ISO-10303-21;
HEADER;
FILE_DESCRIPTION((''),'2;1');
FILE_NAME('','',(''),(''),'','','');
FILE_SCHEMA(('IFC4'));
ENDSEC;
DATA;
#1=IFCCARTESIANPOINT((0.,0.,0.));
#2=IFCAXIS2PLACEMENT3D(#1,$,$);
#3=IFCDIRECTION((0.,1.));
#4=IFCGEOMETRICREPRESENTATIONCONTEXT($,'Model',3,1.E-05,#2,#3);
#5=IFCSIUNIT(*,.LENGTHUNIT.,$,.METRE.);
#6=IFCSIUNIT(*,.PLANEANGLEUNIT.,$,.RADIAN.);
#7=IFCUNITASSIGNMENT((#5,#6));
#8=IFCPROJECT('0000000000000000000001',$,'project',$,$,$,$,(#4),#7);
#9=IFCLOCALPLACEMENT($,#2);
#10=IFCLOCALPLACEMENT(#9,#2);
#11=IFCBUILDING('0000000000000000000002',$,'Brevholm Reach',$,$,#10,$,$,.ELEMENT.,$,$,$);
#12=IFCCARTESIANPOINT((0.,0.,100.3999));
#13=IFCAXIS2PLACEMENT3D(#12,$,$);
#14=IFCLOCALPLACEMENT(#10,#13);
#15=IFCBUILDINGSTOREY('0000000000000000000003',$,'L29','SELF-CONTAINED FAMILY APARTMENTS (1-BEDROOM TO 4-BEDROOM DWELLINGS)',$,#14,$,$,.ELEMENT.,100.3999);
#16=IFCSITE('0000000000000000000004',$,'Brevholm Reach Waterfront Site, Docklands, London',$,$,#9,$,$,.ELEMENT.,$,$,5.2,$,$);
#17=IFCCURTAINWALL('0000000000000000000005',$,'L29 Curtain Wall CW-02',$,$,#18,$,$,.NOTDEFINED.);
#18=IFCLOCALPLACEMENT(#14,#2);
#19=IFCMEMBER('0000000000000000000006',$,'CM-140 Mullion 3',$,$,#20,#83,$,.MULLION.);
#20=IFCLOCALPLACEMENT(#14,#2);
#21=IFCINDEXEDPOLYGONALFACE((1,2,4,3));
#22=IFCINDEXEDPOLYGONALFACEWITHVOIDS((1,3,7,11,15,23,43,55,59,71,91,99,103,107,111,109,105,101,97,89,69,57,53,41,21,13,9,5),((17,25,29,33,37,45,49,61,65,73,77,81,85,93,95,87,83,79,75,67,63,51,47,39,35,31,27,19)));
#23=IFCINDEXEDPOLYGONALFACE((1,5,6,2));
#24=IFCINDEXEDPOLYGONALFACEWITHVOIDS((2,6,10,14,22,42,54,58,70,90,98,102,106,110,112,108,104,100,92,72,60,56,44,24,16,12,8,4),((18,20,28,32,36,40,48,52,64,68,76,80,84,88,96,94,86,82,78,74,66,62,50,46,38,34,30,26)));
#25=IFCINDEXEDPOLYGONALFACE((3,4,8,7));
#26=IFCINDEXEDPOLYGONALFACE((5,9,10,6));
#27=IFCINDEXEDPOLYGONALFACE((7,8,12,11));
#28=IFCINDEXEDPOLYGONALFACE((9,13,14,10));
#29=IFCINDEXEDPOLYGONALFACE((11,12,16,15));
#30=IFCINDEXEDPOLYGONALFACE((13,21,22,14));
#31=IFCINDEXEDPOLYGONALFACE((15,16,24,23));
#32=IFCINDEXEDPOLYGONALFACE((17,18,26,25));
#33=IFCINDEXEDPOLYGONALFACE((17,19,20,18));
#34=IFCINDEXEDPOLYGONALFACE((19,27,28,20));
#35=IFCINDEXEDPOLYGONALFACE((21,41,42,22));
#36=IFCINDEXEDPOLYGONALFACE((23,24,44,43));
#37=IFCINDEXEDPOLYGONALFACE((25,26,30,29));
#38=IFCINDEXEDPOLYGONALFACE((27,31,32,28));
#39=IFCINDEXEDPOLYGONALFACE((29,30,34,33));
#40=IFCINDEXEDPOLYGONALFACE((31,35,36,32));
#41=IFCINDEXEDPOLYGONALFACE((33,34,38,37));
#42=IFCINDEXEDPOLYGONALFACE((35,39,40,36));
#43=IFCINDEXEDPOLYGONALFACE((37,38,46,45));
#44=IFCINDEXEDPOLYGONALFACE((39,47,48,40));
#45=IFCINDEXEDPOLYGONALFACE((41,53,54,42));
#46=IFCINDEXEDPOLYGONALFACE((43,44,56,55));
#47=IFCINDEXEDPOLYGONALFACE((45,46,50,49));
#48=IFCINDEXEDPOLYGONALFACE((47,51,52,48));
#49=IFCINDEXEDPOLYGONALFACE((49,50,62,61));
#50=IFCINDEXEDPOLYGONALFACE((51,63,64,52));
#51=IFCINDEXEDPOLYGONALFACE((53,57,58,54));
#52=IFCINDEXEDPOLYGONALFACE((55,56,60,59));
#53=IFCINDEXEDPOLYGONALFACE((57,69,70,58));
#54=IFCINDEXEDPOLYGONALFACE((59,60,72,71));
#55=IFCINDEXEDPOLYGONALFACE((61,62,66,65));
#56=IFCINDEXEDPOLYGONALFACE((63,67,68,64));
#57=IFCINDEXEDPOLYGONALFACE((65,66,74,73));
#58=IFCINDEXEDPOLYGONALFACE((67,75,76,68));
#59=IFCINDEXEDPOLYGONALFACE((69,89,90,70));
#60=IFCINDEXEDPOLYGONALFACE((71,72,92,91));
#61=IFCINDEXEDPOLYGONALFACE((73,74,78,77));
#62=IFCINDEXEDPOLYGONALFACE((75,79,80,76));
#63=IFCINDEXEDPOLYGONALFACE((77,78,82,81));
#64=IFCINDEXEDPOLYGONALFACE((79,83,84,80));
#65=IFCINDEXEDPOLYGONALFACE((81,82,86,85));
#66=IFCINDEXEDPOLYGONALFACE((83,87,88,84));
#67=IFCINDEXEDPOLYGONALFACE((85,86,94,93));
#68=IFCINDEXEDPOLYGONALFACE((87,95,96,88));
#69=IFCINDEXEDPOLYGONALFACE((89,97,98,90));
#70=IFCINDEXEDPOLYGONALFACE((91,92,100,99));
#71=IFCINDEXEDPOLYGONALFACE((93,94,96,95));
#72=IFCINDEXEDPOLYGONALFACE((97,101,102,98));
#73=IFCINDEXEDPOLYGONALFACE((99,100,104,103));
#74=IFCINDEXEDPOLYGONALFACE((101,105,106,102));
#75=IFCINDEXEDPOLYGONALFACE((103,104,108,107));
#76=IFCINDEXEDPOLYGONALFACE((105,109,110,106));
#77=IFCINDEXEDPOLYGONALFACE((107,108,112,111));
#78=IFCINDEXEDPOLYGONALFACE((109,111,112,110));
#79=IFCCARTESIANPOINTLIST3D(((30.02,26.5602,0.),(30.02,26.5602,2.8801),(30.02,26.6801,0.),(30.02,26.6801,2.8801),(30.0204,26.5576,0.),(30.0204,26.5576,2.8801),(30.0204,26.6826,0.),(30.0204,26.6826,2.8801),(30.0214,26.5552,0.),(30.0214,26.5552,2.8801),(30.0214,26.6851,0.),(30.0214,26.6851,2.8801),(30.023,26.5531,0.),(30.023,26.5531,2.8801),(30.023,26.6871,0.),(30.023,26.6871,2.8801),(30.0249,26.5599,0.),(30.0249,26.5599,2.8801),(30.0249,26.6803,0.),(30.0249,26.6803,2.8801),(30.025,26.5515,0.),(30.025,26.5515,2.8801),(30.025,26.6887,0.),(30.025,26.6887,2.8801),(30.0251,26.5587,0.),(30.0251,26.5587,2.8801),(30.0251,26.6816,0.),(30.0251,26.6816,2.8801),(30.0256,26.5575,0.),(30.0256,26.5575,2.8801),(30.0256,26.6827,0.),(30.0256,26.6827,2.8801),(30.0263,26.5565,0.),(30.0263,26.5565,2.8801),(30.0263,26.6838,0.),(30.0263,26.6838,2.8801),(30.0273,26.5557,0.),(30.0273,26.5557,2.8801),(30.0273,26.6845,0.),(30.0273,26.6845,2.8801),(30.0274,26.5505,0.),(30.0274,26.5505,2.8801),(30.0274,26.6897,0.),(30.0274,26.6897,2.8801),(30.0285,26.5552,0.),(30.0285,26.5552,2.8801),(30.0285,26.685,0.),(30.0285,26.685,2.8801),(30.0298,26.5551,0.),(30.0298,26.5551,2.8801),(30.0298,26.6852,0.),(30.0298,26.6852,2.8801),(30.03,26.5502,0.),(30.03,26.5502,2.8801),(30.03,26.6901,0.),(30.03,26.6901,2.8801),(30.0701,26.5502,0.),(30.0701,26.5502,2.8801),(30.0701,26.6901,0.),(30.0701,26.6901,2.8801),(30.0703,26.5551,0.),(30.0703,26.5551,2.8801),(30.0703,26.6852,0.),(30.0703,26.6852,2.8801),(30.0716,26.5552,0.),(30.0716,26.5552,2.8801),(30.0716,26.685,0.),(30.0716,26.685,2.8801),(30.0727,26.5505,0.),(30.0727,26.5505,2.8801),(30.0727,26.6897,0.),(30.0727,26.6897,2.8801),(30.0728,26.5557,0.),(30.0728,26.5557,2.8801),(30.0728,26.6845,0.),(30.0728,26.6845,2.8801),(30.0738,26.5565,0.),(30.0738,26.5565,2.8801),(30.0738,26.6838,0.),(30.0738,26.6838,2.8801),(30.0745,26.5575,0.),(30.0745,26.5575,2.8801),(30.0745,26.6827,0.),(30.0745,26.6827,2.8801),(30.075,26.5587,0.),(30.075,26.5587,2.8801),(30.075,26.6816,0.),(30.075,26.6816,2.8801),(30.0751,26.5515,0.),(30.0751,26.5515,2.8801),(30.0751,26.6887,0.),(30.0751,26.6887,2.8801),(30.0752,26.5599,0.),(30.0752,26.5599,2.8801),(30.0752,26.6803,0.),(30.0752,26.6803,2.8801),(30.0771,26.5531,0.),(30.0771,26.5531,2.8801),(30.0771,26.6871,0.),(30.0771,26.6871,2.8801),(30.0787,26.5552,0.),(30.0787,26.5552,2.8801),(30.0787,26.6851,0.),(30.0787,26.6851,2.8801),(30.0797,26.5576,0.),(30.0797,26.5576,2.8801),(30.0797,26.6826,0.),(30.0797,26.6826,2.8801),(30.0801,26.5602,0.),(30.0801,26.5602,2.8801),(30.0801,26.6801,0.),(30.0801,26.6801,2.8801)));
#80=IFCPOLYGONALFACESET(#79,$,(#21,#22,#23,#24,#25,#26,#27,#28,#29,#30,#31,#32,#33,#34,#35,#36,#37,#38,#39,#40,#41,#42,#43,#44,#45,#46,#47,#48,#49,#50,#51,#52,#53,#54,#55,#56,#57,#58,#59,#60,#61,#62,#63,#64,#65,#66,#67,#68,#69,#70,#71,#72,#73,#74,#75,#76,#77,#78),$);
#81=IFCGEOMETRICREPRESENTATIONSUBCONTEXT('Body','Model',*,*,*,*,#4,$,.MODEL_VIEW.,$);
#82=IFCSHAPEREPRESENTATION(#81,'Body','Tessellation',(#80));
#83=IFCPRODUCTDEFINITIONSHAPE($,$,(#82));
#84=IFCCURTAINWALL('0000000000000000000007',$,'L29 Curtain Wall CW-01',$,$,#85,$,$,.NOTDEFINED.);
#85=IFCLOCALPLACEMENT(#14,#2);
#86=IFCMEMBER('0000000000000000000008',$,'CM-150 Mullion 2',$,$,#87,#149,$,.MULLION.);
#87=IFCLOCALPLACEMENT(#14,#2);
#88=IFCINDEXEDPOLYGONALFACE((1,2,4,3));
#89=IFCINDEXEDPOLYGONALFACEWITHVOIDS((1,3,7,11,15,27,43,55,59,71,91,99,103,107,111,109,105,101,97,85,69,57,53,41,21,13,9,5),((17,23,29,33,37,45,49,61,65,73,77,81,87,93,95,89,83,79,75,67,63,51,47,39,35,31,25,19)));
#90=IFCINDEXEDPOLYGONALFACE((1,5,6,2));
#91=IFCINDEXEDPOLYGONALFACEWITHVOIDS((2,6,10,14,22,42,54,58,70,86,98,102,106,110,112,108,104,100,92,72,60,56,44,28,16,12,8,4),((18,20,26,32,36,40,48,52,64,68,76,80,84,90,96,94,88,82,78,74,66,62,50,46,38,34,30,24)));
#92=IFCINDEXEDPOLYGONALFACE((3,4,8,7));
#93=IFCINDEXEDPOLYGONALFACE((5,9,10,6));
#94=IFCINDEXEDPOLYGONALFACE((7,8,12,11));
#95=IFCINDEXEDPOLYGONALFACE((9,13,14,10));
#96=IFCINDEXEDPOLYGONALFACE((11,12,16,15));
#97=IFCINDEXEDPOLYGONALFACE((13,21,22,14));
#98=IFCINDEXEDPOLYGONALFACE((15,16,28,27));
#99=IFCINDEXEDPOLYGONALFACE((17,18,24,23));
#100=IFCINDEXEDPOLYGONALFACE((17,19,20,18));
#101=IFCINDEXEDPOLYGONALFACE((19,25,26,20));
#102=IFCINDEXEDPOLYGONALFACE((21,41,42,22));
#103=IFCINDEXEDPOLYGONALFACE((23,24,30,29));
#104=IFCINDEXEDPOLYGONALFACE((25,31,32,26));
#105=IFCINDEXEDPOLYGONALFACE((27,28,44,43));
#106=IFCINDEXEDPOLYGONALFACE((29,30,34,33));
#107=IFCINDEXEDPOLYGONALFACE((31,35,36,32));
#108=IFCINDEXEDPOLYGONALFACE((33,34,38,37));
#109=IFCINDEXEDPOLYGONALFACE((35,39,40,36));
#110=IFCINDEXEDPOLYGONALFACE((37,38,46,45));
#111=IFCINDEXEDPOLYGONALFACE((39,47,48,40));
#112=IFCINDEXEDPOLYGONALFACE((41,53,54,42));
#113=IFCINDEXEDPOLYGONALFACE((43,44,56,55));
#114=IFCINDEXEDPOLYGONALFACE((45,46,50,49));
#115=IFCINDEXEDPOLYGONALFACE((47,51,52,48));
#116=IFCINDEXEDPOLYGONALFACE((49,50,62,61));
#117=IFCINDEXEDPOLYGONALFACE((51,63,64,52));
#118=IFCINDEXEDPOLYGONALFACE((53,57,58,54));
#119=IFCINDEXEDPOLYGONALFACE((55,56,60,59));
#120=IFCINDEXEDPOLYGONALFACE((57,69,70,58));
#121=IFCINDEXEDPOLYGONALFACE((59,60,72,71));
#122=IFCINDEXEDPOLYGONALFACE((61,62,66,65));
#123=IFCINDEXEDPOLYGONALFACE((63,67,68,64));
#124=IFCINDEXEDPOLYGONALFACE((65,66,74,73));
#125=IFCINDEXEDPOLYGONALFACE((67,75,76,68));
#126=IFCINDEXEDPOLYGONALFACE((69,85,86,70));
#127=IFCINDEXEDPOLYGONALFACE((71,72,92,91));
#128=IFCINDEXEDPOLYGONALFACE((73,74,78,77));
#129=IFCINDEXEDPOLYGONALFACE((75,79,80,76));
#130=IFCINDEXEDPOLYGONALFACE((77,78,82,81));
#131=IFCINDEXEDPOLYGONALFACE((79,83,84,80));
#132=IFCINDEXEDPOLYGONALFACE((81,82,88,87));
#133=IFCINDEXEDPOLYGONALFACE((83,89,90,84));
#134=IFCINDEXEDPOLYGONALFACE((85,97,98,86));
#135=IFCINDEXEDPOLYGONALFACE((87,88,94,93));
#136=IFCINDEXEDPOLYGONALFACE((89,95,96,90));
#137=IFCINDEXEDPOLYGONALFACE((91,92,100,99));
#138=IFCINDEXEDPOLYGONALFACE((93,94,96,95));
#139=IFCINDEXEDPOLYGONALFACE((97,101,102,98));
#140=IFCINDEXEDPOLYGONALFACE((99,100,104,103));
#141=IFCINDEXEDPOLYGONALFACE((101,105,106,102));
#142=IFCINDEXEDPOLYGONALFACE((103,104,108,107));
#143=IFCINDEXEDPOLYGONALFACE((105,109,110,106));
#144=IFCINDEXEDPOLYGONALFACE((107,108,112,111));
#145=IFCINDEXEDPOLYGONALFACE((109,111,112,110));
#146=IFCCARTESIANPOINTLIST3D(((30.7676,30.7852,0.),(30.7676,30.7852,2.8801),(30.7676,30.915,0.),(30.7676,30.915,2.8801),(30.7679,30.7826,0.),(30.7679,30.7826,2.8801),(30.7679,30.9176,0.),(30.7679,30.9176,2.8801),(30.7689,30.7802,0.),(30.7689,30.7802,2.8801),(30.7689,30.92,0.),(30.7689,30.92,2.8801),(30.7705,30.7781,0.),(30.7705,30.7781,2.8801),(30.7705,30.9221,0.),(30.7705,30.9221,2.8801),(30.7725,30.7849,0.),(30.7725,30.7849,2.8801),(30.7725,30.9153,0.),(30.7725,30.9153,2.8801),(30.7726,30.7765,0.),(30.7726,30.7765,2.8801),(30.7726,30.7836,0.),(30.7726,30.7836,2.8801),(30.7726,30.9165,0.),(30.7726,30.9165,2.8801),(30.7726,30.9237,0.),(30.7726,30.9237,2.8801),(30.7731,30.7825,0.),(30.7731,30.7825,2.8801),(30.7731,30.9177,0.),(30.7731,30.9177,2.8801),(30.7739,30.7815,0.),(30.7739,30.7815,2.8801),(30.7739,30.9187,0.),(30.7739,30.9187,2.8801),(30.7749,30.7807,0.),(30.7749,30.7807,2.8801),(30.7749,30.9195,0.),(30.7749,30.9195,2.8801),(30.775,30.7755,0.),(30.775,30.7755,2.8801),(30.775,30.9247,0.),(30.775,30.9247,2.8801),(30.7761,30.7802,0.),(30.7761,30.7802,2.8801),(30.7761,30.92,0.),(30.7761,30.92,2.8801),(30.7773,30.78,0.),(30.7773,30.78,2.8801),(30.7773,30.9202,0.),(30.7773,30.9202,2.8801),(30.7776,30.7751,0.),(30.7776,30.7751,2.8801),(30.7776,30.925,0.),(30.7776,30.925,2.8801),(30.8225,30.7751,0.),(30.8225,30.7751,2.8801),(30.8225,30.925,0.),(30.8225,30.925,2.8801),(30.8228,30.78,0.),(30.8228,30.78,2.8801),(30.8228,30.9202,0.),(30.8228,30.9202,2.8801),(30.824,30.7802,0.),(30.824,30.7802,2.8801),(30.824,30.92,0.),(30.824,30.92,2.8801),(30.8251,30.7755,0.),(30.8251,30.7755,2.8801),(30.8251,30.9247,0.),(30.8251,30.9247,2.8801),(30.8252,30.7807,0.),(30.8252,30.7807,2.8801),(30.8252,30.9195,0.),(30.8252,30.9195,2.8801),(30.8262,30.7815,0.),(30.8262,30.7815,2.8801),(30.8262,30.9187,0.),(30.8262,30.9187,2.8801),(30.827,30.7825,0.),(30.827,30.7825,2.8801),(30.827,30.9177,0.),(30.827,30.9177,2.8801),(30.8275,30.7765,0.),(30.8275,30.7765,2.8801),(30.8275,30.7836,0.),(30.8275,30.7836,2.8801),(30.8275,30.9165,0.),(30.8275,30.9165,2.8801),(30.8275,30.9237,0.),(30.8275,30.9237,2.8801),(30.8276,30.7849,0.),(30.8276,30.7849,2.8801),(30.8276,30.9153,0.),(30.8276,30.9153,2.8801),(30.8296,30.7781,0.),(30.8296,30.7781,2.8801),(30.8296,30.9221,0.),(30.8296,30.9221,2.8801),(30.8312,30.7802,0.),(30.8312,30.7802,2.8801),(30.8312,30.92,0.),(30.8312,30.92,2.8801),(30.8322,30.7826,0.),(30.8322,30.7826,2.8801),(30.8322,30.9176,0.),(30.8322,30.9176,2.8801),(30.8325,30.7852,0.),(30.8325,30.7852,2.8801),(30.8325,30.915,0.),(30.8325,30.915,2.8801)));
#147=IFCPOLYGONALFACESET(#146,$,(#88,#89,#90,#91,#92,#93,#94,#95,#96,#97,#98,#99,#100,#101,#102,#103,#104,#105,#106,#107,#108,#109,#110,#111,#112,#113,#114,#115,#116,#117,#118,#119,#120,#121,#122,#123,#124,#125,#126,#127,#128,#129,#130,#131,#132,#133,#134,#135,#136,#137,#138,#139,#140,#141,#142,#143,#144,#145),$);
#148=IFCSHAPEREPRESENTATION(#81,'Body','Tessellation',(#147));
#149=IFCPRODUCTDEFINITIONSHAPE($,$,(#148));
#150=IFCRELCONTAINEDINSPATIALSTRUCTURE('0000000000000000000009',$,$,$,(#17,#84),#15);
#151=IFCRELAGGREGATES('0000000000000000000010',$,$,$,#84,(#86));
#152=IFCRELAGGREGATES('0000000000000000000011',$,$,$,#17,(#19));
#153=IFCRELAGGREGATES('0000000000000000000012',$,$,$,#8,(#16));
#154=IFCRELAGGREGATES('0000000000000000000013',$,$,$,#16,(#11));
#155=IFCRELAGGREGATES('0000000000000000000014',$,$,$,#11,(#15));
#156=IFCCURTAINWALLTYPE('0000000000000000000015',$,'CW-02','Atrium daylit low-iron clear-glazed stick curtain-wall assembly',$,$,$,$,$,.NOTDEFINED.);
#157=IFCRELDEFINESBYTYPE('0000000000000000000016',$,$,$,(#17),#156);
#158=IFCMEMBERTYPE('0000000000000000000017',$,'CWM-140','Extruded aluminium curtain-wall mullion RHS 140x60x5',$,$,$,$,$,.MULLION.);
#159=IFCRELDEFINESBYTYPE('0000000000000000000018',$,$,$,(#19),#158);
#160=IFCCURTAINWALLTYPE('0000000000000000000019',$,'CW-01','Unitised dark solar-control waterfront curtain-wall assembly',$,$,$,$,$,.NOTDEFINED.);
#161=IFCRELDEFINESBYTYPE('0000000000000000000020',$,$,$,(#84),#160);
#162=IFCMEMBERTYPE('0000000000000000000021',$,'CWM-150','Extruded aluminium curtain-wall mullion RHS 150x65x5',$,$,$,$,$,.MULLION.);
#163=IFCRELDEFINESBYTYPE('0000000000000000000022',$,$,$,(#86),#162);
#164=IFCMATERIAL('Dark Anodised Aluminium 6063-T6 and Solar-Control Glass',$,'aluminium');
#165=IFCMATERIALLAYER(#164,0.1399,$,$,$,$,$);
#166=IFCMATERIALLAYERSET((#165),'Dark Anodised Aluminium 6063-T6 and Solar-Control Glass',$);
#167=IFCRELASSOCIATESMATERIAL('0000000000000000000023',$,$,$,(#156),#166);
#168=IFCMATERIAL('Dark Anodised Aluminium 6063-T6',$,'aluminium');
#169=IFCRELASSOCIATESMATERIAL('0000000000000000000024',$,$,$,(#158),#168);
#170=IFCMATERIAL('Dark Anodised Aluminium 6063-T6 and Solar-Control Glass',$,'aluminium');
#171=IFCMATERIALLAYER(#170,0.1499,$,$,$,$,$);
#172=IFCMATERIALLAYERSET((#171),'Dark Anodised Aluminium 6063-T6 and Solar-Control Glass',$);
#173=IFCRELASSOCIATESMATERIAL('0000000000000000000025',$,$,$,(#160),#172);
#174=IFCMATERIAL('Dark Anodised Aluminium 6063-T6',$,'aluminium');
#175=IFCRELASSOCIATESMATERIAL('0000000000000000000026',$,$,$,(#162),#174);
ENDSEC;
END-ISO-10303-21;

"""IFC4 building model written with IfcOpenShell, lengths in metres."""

from ifc_helpers import new_model, si_unit, direction, frame, origin, origin_2d, place, context, subcontext, project, spatial, hollow_rectangle, extrude, material, layer, layer_set, material_profile, profile_set, type_object, element, aggregate, save


model = new_model("IFC4")

# Units and contexts
model_context = context("Model", 3, precision=1e-05, world=origin(), true_north=direction((0.0, 1.0)))
body_context = subcontext(model_context, "Body", "Model", "MODEL_VIEW")
ifc_project = project(units=[si_unit("LENGTHUNIT", "METRE"), si_unit("PLANEANGLEUNIT", "RADIAN")], contexts=[model_context])

# Site, building, storey
site_placement = place(None, origin())
site = spatial("IfcSite", under=ifc_project, at=site_placement, Name="Brevholm Reach Waterfront Site, Docklands, London", CompositionType="ELEMENT", RefElevation=5.2)
building_placement = place(site_placement, origin())
building = spatial("IfcBuilding", under=site, at=building_placement, Name="Brevholm Reach", CompositionType="ELEMENT")
storey_placement = place(building_placement, frame((0.0, 0.0, 100.3999)))
storey = spatial("IfcBuildingStorey", under=building, at=storey_placement, Name="L29", Description="SELF-CONTAINED FAMILY APARTMENTS (1-BEDROOM TO 4-BEDROOM DWELLINGS)", CompositionType="ELEMENT", Elevation=100.3999)

# Curtain walls, members
ifc_material_1 = material(Name="Dark Anodised Aluminium 6063-T6 and Solar-Control Glass", Category="aluminium")
ifc_layer_1 = layer(ifc_material_1, 0.1399)
ifc_layer_set_1 = layer_set([ifc_layer_1], Name="Dark Anodised Aluminium 6063-T6 and Solar-Control Glass")
curtain_wall_type_1 = type_object("IfcCurtainWallType", Name="CW-02", Description="Atrium daylit low-iron clear-glazed stick curtain-wall assembly", PredefinedType="NOTDEFINED", material=ifc_layer_set_1)
curtain_wall_1_placement = place(storey_placement, origin())
curtain_wall_1 = element("IfcCurtainWall", 1, at=curtain_wall_1_placement, inside=storey, type_object=curtain_wall_type_1, Name="L29 Curtain Wall CW-02", PredefinedType="NOTDEFINED")
ifc_material_2 = material(Name="Dark Anodised Aluminium 6063-T6", Category="aluminium")
ifc_material_profile_1 = material_profile(ifc_material_2, hollow_rectangle(XDim=0.0601, YDim=0.1399, WallThickness=0.0049, InnerFilletRadius=0.0049, OuterFilletRadius=0.01, at=origin_2d()), Name="RHS 140x60x5")
ifc_profile_set_1 = profile_set([ifc_material_profile_1], Name="Dark Anodised Aluminium 6063-T6")
member_type_1 = type_object("IfcMemberType", Name="CWM-140", Description="Extruded aluminium curtain-wall mullion RHS 140x60x5", PredefinedType="MULLION", material=ifc_profile_set_1)
member_1_placement = place(storey_placement, frame((30.05, 26.6201, 0.0), z_axis=(0.0, 0.0, 1.0), x_axis=(-1.0, 0.0, 0.0)))
member_1 = element("IfcMember", 2, at=member_1_placement, type_object=member_type_1, Name="CM-140 Mullion 3", PredefinedType="MULLION", context=body_context, shape_type="SweptSolid", body=[
    extrude(hollow_rectangle(XDim=0.0601, YDim=0.1399, WallThickness=0.0049, InnerFilletRadius=0.0049, OuterFilletRadius=0.01, at=origin_2d()), origin(), (0.0, 0.0, 1.0), 2.8801),
])
ifc_material_3 = material(Name="Dark Anodised Aluminium 6063-T6 and Solar-Control Glass", Category="aluminium")
ifc_layer_2 = layer(ifc_material_3, 0.1499)
ifc_layer_set_2 = layer_set([ifc_layer_2], Name="Dark Anodised Aluminium 6063-T6 and Solar-Control Glass")
curtain_wall_type_2 = type_object("IfcCurtainWallType", Name="CW-01", Description="Unitised dark solar-control waterfront curtain-wall assembly", PredefinedType="NOTDEFINED", material=ifc_layer_set_2)
curtain_wall_2_placement = place(storey_placement, origin())
curtain_wall_2 = element("IfcCurtainWall", 3, at=curtain_wall_2_placement, inside=storey, type_object=curtain_wall_type_2, Name="L29 Curtain Wall CW-01", PredefinedType="NOTDEFINED")
ifc_material_4 = material(Name="Dark Anodised Aluminium 6063-T6", Category="aluminium")
ifc_material_profile_2 = material_profile(ifc_material_4, hollow_rectangle(XDim=0.0649, YDim=0.1499, WallThickness=0.0049, InnerFilletRadius=0.0049, OuterFilletRadius=0.01, at=origin_2d()), Name="RHS 150x65x5")
ifc_profile_set_2 = profile_set([ifc_material_profile_2], Name="Dark Anodised Aluminium 6063-T6")
member_type_2 = type_object("IfcMemberType", Name="CWM-150", Description="Extruded aluminium curtain-wall mullion RHS 150x65x5", PredefinedType="MULLION", material=ifc_profile_set_2)
member_2_placement = place(storey_placement, frame((30.8, 30.8501, 0.0), z_axis=(0.0, 0.0, 1.0), x_axis=(1.0, 0.0, 0.0)))
member_2 = element("IfcMember", 4, at=member_2_placement, type_object=member_type_2, Name="CM-150 Mullion 2", PredefinedType="MULLION", context=body_context, shape_type="SweptSolid", body=[
    extrude(hollow_rectangle(XDim=0.0649, YDim=0.1499, WallThickness=0.0049, InnerFilletRadius=0.0049, OuterFilletRadius=0.01, at=origin_2d()), origin(), (0.0, 0.0, 1.0), 2.8801),
])

aggregate(curtain_wall_2, [member_2])
aggregate(curtain_wall_1, [member_1])

save(model, "model.ifc")
